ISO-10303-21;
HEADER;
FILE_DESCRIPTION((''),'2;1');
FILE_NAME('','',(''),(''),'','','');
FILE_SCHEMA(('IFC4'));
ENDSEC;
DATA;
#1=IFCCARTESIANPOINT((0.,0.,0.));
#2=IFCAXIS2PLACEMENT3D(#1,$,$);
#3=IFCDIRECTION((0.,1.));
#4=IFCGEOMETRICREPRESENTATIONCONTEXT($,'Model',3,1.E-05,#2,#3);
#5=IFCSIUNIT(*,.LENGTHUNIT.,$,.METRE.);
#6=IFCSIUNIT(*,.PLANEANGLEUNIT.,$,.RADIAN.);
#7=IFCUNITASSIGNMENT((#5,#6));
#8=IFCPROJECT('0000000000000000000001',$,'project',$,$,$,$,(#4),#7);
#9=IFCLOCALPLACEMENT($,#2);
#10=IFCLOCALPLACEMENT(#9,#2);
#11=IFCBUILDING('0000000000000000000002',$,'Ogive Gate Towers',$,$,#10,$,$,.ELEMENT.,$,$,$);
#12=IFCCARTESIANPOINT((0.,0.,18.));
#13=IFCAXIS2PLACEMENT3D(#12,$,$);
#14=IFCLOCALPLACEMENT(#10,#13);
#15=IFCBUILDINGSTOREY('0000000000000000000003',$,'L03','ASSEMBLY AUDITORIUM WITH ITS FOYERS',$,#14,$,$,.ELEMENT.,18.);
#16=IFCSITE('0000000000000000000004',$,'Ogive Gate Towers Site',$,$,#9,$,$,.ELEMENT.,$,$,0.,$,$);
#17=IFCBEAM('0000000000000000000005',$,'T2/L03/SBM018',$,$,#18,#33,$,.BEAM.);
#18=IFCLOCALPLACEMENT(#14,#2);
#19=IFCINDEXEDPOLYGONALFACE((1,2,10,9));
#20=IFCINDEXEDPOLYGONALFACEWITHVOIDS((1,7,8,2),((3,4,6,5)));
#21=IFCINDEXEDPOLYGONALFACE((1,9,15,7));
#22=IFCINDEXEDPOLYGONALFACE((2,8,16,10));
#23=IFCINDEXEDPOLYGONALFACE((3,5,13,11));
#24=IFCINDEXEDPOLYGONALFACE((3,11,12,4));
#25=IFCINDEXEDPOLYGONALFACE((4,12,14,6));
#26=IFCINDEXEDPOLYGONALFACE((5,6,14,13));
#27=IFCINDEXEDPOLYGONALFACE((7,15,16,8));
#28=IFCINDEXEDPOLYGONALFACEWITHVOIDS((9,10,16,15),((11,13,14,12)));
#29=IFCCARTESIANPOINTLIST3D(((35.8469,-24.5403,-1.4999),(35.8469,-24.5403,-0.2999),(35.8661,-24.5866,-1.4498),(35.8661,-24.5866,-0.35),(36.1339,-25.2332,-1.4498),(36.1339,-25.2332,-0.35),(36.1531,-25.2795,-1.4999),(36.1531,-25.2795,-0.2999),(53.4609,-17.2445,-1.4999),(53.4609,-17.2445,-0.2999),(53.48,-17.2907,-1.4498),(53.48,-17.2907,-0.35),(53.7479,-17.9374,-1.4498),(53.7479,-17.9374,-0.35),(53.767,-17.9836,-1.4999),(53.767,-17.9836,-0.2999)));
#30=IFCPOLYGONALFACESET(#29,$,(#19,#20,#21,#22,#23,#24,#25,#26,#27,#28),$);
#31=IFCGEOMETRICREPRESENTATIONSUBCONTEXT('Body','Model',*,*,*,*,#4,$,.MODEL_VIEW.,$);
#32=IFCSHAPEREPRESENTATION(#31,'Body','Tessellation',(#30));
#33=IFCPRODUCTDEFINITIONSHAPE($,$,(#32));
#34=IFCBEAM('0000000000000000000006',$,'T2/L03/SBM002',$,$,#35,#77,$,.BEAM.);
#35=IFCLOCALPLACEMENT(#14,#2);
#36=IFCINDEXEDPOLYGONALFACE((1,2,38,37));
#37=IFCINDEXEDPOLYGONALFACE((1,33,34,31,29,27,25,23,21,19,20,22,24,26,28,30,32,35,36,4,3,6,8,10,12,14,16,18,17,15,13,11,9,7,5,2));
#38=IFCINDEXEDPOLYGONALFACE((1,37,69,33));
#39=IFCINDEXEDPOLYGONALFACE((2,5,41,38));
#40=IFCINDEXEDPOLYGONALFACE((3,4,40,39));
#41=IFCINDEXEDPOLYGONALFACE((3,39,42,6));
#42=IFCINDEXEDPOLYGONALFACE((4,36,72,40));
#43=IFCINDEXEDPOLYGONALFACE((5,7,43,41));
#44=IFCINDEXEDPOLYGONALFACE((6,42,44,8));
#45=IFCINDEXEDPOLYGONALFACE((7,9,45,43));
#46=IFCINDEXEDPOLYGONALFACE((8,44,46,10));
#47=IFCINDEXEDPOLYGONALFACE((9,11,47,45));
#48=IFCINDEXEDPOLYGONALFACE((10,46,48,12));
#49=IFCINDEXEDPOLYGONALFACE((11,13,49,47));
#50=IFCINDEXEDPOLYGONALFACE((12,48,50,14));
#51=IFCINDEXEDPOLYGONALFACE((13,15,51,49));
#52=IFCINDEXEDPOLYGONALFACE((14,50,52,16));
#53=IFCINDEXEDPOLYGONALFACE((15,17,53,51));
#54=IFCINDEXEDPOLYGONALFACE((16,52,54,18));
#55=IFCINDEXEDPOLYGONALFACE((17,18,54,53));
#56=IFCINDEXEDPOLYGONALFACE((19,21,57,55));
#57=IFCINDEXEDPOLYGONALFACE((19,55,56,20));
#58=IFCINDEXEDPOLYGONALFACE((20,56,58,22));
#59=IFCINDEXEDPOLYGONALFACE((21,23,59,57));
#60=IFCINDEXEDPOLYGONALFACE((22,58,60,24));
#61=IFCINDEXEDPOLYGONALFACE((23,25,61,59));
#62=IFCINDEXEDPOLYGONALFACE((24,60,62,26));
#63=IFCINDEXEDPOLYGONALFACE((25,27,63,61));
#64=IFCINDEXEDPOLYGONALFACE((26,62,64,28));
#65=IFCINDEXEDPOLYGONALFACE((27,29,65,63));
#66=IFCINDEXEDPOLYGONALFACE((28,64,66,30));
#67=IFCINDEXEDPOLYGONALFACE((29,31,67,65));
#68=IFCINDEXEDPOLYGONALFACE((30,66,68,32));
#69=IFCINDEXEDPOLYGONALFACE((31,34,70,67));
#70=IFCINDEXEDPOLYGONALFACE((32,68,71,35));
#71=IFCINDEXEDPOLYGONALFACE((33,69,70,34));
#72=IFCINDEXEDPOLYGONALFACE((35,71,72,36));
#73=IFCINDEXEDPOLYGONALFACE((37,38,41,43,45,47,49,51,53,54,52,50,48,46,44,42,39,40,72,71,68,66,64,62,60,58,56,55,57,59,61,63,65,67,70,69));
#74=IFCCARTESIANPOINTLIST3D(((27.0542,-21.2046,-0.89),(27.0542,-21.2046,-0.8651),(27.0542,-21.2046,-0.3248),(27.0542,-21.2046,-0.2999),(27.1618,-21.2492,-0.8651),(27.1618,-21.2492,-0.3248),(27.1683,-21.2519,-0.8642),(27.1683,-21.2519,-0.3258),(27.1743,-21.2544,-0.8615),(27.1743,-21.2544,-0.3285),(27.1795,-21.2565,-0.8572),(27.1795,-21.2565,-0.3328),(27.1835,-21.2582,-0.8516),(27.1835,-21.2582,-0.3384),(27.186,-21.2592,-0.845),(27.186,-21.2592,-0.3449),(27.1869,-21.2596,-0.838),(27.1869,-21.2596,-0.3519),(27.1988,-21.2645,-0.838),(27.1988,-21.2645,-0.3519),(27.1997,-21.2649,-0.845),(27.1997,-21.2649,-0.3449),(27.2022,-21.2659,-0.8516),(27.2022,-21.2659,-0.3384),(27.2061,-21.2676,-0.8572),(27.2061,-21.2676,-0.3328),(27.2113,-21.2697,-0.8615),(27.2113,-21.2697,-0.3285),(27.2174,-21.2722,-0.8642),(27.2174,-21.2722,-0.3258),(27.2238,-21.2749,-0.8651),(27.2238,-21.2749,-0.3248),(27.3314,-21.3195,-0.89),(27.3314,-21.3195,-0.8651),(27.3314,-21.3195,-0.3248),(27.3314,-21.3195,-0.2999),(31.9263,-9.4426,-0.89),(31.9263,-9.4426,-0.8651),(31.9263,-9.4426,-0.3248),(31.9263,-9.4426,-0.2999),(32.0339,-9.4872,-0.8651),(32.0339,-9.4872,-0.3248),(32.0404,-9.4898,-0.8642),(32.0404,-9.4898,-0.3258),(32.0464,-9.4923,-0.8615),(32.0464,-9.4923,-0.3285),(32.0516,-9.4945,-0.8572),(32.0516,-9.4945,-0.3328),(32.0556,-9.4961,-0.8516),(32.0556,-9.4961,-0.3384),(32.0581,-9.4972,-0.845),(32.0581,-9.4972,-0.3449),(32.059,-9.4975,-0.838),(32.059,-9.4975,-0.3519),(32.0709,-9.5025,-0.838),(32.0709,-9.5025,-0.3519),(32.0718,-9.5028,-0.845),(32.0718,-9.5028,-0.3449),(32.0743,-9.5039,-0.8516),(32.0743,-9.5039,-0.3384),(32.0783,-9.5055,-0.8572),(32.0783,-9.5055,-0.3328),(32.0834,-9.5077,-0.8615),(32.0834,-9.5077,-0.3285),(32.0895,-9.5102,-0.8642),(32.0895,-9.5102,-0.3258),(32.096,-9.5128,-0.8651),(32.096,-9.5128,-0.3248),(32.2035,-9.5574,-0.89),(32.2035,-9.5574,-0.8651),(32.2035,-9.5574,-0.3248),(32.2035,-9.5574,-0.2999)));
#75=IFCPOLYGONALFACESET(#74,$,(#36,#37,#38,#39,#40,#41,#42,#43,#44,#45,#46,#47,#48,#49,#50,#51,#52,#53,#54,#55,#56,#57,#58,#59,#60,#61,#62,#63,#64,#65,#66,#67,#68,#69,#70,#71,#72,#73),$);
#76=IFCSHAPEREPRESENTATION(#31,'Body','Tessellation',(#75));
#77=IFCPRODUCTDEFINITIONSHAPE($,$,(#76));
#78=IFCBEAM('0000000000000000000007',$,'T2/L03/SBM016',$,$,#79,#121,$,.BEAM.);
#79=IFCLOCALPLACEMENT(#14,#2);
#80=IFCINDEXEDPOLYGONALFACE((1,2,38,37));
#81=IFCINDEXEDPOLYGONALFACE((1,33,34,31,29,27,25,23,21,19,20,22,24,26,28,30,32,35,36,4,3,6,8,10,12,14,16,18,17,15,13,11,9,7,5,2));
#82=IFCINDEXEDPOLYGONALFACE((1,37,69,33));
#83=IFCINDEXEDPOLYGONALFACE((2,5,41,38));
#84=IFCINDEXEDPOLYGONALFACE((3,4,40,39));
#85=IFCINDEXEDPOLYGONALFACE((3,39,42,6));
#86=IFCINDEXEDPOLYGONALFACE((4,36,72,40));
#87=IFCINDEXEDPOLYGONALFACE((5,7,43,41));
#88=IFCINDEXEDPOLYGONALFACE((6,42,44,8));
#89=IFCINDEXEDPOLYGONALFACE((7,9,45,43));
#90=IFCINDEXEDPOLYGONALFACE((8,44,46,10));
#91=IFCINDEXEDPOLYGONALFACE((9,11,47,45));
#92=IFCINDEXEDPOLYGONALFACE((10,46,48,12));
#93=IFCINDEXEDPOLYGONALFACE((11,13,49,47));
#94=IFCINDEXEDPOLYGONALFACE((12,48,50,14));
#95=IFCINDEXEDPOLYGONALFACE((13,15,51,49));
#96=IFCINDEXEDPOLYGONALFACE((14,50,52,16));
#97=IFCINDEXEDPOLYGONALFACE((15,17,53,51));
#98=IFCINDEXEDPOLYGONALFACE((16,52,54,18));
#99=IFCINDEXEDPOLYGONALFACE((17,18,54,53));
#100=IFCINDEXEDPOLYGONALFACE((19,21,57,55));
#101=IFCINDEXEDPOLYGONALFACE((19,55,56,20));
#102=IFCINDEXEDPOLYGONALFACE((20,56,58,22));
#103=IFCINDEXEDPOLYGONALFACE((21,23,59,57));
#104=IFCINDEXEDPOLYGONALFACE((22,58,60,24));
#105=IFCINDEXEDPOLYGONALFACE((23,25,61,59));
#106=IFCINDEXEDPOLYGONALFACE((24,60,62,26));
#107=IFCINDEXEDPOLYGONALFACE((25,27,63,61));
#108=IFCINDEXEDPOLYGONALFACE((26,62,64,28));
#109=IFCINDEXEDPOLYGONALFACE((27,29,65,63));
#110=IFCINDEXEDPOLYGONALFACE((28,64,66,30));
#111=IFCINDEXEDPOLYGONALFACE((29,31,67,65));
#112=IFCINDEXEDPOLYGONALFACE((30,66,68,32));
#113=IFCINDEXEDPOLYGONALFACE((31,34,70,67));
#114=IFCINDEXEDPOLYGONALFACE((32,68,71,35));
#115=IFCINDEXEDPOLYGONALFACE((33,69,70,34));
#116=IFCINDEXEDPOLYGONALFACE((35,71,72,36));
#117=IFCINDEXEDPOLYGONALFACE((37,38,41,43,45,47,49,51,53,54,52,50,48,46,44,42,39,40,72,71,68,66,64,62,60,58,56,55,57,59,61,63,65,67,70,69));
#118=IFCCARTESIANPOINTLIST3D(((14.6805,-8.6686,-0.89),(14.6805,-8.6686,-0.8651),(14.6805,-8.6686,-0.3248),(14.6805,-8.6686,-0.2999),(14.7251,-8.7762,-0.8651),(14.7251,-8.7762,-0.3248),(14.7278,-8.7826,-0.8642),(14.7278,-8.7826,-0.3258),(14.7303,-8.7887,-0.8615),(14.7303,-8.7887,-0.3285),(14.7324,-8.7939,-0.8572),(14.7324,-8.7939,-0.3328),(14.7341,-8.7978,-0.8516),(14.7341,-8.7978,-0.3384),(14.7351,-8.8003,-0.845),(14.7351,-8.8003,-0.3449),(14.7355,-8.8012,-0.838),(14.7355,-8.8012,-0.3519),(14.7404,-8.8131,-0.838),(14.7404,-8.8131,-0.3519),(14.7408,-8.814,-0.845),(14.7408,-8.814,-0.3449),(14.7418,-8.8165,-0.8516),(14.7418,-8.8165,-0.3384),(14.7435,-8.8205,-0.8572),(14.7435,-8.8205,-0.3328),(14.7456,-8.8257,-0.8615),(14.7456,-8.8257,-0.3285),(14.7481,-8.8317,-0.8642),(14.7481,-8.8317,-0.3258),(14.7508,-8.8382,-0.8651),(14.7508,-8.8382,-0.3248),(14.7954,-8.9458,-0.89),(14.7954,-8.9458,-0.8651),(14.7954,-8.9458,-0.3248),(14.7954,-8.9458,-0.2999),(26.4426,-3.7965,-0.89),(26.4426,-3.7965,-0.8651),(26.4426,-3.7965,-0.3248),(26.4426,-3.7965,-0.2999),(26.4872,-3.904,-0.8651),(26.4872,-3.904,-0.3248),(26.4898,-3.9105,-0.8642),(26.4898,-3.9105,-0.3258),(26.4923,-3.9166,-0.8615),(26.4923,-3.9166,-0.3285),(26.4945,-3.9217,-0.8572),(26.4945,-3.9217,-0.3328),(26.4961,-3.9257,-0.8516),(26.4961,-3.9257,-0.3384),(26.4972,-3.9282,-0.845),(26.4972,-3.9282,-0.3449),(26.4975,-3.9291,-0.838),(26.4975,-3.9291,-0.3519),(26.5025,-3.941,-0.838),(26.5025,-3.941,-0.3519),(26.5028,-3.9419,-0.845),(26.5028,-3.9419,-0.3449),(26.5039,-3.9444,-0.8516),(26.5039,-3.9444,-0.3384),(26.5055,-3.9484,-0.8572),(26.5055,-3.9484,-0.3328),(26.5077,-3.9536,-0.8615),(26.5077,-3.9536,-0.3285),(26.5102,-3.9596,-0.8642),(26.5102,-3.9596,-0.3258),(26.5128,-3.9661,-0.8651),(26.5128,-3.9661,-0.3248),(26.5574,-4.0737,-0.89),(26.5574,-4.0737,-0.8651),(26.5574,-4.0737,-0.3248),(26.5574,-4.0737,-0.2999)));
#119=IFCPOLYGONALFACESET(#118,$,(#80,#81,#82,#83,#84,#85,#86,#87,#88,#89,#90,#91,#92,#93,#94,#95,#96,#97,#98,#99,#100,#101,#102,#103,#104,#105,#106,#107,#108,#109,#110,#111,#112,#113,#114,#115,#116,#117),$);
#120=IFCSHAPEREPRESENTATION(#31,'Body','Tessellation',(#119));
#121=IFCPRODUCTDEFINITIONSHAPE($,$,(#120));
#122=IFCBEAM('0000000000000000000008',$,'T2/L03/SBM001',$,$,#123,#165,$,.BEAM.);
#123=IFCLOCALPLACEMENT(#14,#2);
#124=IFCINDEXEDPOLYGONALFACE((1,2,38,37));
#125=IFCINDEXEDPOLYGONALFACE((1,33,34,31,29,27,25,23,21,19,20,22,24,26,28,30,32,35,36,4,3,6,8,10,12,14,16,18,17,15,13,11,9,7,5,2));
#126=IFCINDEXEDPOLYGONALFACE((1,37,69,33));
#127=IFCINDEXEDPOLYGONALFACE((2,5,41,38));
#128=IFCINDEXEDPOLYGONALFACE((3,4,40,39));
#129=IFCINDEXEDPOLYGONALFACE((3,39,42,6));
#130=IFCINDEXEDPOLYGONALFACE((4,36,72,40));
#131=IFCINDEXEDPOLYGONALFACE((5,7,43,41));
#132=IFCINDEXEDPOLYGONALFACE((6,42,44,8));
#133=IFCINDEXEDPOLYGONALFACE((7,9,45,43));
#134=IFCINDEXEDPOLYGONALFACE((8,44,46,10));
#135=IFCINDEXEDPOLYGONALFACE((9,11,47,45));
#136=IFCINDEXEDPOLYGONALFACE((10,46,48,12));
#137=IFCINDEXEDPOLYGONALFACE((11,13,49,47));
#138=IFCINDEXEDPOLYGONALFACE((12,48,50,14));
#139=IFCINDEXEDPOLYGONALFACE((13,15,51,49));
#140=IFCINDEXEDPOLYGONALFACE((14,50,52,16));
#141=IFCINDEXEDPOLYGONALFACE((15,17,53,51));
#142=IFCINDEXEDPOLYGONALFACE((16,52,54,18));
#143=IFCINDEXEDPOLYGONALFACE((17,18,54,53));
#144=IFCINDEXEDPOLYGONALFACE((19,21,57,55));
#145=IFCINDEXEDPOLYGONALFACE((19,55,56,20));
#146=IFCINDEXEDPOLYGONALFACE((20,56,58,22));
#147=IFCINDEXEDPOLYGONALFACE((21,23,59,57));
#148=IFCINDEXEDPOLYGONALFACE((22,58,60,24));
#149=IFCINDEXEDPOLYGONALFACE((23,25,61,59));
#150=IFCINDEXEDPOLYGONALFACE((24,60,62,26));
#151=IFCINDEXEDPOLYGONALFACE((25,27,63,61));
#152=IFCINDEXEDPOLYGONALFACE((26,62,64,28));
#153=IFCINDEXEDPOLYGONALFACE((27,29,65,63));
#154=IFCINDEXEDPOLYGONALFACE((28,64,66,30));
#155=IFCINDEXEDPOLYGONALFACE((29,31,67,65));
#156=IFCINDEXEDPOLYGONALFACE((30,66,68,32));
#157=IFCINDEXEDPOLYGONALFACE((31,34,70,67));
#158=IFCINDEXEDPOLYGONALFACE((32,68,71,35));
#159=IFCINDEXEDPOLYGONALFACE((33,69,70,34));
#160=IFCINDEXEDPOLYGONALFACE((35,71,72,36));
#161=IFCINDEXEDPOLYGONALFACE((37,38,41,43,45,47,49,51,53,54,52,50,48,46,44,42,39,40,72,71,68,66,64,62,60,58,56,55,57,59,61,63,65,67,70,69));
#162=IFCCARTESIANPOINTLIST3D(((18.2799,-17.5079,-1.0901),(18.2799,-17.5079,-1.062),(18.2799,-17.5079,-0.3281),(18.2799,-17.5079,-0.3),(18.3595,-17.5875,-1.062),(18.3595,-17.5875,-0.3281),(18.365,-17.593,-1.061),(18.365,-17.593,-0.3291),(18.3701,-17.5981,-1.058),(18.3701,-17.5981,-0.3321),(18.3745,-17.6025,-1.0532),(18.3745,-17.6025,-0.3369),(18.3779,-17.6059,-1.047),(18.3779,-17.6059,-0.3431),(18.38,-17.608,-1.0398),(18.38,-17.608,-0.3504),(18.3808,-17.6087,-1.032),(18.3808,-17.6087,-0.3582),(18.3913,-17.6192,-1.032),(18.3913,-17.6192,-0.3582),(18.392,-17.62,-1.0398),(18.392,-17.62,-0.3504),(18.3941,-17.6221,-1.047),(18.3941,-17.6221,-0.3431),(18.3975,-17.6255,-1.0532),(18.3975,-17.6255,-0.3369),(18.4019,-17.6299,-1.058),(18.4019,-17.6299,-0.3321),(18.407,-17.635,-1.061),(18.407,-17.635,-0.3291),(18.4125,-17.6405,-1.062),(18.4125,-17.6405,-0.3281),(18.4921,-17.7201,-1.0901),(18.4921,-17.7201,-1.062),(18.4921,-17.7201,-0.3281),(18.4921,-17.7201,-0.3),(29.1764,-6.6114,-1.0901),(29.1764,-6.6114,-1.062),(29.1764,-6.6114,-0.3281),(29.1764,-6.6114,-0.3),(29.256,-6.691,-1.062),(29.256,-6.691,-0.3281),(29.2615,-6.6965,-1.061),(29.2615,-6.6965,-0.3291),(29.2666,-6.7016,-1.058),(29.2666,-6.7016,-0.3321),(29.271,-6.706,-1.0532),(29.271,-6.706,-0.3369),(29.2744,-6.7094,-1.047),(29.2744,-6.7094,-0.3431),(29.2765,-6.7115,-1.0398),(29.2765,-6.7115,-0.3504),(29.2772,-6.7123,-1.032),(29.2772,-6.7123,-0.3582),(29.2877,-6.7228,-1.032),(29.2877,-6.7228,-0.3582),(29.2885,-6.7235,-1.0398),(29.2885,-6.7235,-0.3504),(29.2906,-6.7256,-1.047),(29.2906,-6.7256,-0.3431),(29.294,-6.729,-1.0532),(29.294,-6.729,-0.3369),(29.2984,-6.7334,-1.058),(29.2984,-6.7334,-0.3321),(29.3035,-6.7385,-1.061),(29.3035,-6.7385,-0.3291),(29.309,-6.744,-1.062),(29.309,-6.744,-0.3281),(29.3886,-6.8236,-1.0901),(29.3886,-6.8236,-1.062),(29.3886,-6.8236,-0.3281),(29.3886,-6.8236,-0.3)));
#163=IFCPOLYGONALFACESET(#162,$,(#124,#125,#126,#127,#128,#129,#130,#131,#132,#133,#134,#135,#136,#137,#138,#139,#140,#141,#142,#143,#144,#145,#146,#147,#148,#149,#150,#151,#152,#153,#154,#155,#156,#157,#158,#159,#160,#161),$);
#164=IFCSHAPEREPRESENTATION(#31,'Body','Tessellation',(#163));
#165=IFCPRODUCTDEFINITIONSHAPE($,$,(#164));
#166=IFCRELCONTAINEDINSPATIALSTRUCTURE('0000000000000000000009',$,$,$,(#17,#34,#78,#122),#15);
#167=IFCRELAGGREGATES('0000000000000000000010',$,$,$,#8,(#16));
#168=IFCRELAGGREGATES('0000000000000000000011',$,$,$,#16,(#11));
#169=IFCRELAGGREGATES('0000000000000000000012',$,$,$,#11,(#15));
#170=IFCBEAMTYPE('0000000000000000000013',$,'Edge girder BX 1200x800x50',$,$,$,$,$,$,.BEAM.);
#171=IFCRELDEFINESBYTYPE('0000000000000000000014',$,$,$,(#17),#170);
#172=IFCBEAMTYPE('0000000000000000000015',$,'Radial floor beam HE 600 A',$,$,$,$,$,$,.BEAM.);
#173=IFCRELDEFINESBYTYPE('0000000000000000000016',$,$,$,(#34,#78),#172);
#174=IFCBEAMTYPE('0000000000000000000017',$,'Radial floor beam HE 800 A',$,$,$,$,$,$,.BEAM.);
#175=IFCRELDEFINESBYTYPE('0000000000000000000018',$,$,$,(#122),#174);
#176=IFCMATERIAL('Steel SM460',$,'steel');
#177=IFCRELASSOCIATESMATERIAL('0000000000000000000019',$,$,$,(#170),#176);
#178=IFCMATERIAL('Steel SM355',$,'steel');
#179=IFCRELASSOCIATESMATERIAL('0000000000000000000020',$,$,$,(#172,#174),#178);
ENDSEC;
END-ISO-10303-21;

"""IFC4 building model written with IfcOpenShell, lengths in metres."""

from ifc_helpers import new_model, si_unit, direction, frame, origin, origin_2d, place, context, subcontext, project, spatial, hollow_rectangle, i_section, extrude, material, material_profile, profile_set, type_object, element, save


model = new_model("IFC4")

# Units and contexts
model_context = context("Model", 3, precision=1e-05, world=origin(), true_north=direction((0.0, 1.0)))
body_context = subcontext(model_context, "Body", "Model", "MODEL_VIEW")
ifc_project = project(units=[si_unit("LENGTHUNIT", "METRE"), si_unit("PLANEANGLEUNIT", "RADIAN")], contexts=[model_context])

# Site, building, storey
site_placement = place(None, origin())
site = spatial("IfcSite", under=ifc_project, at=site_placement, Name="Ogive Gate Towers Site", CompositionType="ELEMENT", RefElevation=0.0)
building_placement = place(site_placement, origin())
building = spatial("IfcBuilding", under=site, at=building_placement, Name="Ogive Gate Towers", CompositionType="ELEMENT")
storey_placement = place(building_placement, frame((0.0, 0.0, 18.0)))
storey = spatial("IfcBuildingStorey", under=building, at=storey_placement, Name="L03", Description="ASSEMBLY AUDITORIUM WITH ITS FOYERS", CompositionType="ELEMENT", Elevation=18.0)

# Beams
ifc_material_1 = material(Name="Steel SM460", Category="steel")
ifc_material_profile_1 = material_profile(ifc_material_1, hollow_rectangle(XDim=0.8, YDim=1.2, WallThickness=0.05, at=origin_2d()), Name="BX 1200x800x50")
ifc_profile_set_1 = profile_set([ifc_material_profile_1], Name="Steel SM460")
beam_type_1 = type_object("IfcBeamType", Name="Edge girder BX 1200x800x50", PredefinedType="BEAM", material=ifc_profile_set_1)
beam_1_placement = place(storey_placement, frame((36.0, -24.9099, -0.8999), z_axis=(0.923881, 0.382681, 0.0), x_axis=(-0.382681, 0.923881, 0.0)))
element("IfcBeam", 1, at=beam_1_placement, inside=storey, type_object=beam_type_1, Name="T2/L03/SBM018", PredefinedType="BEAM", context=body_context, shape_type="SweptSolid", body=[
    extrude(hollow_rectangle(XDim=0.8, YDim=1.2, WallThickness=0.05, at=origin_2d()), origin(), (0.0, 0.0, 1.0), 19.0652),
])
ifc_material_2 = material(Name="Steel SM355", Category="steel")
ifc_material_profile_2 = material_profile(ifc_material_2, i_section(OverallWidth=0.3, OverallDepth=0.5901, WebThickness=0.0129, FlangeThickness=0.0249, FilletRadius=0.0271, at=origin_2d()), Name="HE 600 A")
ifc_profile_set_2 = profile_set([ifc_material_profile_2], Name="Steel SM355")
beam_type_2 = type_object("IfcBeamType", Name="Radial floor beam HE 600 A", PredefinedType="BEAM", material=ifc_profile_set_2)
for number, where, z_axis, x_axis, name in (
    (2, (32.0649, -9.5, -0.595), (-0.382691, -0.923877, 0.0), (0.923877, -0.382691, 0.0), "T2/L03/SBM002"),
    (3, (26.5, -3.9351, -0.595), (-0.923877, -0.382691, 0.0), (0.382691, -0.923877, 0.0), "T2/L03/SBM016"),
):
    element("IfcBeam", number, at=place(storey_placement, frame(where, z_axis=z_axis, x_axis=x_axis)), inside=storey, type_object=beam_type_2, Name=name, PredefinedType="BEAM", context=body_context, shape_type="SweptSolid", body=[
        extrude(i_section(OverallWidth=0.3, OverallDepth=0.5901, WebThickness=0.0129, FlangeThickness=0.0249, FilletRadius=0.0271, at=origin_2d()), origin(), (0.0, 0.0, 1.0), 12.7312),
    ])
ifc_material_profile_3 = material_profile(ifc_material_2, i_section(OverallWidth=0.3, OverallDepth=0.79, WebThickness=0.0149, FlangeThickness=0.0281, FilletRadius=0.03, at=origin_2d()), Name="HE 800 A")
ifc_profile_set_3 = profile_set([ifc_material_profile_3], Name="Steel SM355")
beam_type_3 = type_object("IfcBeamType", Name="Radial floor beam HE 800 A", PredefinedType="BEAM", material=ifc_profile_set_3)
beam_2_placement = place(storey_placement, frame((29.2825, -6.7175, -0.6951), z_axis=(-0.707107, -0.707107, 0.0), x_axis=(0.707107, -0.707107, 0.0)))
element("IfcBeam", 4, at=beam_2_placement, inside=storey, type_object=beam_type_3, Name="T2/L03/SBM001", PredefinedType="BEAM", context=body_context, shape_type="SweptSolid", body=[
    extrude(i_section(OverallWidth=0.3, OverallDepth=0.79, WebThickness=0.0149, FlangeThickness=0.0281, FilletRadius=0.03, at=origin_2d()), origin(), (0.0, 0.0, 1.0), 15.4099),
])

save(model, "model.ifc")
